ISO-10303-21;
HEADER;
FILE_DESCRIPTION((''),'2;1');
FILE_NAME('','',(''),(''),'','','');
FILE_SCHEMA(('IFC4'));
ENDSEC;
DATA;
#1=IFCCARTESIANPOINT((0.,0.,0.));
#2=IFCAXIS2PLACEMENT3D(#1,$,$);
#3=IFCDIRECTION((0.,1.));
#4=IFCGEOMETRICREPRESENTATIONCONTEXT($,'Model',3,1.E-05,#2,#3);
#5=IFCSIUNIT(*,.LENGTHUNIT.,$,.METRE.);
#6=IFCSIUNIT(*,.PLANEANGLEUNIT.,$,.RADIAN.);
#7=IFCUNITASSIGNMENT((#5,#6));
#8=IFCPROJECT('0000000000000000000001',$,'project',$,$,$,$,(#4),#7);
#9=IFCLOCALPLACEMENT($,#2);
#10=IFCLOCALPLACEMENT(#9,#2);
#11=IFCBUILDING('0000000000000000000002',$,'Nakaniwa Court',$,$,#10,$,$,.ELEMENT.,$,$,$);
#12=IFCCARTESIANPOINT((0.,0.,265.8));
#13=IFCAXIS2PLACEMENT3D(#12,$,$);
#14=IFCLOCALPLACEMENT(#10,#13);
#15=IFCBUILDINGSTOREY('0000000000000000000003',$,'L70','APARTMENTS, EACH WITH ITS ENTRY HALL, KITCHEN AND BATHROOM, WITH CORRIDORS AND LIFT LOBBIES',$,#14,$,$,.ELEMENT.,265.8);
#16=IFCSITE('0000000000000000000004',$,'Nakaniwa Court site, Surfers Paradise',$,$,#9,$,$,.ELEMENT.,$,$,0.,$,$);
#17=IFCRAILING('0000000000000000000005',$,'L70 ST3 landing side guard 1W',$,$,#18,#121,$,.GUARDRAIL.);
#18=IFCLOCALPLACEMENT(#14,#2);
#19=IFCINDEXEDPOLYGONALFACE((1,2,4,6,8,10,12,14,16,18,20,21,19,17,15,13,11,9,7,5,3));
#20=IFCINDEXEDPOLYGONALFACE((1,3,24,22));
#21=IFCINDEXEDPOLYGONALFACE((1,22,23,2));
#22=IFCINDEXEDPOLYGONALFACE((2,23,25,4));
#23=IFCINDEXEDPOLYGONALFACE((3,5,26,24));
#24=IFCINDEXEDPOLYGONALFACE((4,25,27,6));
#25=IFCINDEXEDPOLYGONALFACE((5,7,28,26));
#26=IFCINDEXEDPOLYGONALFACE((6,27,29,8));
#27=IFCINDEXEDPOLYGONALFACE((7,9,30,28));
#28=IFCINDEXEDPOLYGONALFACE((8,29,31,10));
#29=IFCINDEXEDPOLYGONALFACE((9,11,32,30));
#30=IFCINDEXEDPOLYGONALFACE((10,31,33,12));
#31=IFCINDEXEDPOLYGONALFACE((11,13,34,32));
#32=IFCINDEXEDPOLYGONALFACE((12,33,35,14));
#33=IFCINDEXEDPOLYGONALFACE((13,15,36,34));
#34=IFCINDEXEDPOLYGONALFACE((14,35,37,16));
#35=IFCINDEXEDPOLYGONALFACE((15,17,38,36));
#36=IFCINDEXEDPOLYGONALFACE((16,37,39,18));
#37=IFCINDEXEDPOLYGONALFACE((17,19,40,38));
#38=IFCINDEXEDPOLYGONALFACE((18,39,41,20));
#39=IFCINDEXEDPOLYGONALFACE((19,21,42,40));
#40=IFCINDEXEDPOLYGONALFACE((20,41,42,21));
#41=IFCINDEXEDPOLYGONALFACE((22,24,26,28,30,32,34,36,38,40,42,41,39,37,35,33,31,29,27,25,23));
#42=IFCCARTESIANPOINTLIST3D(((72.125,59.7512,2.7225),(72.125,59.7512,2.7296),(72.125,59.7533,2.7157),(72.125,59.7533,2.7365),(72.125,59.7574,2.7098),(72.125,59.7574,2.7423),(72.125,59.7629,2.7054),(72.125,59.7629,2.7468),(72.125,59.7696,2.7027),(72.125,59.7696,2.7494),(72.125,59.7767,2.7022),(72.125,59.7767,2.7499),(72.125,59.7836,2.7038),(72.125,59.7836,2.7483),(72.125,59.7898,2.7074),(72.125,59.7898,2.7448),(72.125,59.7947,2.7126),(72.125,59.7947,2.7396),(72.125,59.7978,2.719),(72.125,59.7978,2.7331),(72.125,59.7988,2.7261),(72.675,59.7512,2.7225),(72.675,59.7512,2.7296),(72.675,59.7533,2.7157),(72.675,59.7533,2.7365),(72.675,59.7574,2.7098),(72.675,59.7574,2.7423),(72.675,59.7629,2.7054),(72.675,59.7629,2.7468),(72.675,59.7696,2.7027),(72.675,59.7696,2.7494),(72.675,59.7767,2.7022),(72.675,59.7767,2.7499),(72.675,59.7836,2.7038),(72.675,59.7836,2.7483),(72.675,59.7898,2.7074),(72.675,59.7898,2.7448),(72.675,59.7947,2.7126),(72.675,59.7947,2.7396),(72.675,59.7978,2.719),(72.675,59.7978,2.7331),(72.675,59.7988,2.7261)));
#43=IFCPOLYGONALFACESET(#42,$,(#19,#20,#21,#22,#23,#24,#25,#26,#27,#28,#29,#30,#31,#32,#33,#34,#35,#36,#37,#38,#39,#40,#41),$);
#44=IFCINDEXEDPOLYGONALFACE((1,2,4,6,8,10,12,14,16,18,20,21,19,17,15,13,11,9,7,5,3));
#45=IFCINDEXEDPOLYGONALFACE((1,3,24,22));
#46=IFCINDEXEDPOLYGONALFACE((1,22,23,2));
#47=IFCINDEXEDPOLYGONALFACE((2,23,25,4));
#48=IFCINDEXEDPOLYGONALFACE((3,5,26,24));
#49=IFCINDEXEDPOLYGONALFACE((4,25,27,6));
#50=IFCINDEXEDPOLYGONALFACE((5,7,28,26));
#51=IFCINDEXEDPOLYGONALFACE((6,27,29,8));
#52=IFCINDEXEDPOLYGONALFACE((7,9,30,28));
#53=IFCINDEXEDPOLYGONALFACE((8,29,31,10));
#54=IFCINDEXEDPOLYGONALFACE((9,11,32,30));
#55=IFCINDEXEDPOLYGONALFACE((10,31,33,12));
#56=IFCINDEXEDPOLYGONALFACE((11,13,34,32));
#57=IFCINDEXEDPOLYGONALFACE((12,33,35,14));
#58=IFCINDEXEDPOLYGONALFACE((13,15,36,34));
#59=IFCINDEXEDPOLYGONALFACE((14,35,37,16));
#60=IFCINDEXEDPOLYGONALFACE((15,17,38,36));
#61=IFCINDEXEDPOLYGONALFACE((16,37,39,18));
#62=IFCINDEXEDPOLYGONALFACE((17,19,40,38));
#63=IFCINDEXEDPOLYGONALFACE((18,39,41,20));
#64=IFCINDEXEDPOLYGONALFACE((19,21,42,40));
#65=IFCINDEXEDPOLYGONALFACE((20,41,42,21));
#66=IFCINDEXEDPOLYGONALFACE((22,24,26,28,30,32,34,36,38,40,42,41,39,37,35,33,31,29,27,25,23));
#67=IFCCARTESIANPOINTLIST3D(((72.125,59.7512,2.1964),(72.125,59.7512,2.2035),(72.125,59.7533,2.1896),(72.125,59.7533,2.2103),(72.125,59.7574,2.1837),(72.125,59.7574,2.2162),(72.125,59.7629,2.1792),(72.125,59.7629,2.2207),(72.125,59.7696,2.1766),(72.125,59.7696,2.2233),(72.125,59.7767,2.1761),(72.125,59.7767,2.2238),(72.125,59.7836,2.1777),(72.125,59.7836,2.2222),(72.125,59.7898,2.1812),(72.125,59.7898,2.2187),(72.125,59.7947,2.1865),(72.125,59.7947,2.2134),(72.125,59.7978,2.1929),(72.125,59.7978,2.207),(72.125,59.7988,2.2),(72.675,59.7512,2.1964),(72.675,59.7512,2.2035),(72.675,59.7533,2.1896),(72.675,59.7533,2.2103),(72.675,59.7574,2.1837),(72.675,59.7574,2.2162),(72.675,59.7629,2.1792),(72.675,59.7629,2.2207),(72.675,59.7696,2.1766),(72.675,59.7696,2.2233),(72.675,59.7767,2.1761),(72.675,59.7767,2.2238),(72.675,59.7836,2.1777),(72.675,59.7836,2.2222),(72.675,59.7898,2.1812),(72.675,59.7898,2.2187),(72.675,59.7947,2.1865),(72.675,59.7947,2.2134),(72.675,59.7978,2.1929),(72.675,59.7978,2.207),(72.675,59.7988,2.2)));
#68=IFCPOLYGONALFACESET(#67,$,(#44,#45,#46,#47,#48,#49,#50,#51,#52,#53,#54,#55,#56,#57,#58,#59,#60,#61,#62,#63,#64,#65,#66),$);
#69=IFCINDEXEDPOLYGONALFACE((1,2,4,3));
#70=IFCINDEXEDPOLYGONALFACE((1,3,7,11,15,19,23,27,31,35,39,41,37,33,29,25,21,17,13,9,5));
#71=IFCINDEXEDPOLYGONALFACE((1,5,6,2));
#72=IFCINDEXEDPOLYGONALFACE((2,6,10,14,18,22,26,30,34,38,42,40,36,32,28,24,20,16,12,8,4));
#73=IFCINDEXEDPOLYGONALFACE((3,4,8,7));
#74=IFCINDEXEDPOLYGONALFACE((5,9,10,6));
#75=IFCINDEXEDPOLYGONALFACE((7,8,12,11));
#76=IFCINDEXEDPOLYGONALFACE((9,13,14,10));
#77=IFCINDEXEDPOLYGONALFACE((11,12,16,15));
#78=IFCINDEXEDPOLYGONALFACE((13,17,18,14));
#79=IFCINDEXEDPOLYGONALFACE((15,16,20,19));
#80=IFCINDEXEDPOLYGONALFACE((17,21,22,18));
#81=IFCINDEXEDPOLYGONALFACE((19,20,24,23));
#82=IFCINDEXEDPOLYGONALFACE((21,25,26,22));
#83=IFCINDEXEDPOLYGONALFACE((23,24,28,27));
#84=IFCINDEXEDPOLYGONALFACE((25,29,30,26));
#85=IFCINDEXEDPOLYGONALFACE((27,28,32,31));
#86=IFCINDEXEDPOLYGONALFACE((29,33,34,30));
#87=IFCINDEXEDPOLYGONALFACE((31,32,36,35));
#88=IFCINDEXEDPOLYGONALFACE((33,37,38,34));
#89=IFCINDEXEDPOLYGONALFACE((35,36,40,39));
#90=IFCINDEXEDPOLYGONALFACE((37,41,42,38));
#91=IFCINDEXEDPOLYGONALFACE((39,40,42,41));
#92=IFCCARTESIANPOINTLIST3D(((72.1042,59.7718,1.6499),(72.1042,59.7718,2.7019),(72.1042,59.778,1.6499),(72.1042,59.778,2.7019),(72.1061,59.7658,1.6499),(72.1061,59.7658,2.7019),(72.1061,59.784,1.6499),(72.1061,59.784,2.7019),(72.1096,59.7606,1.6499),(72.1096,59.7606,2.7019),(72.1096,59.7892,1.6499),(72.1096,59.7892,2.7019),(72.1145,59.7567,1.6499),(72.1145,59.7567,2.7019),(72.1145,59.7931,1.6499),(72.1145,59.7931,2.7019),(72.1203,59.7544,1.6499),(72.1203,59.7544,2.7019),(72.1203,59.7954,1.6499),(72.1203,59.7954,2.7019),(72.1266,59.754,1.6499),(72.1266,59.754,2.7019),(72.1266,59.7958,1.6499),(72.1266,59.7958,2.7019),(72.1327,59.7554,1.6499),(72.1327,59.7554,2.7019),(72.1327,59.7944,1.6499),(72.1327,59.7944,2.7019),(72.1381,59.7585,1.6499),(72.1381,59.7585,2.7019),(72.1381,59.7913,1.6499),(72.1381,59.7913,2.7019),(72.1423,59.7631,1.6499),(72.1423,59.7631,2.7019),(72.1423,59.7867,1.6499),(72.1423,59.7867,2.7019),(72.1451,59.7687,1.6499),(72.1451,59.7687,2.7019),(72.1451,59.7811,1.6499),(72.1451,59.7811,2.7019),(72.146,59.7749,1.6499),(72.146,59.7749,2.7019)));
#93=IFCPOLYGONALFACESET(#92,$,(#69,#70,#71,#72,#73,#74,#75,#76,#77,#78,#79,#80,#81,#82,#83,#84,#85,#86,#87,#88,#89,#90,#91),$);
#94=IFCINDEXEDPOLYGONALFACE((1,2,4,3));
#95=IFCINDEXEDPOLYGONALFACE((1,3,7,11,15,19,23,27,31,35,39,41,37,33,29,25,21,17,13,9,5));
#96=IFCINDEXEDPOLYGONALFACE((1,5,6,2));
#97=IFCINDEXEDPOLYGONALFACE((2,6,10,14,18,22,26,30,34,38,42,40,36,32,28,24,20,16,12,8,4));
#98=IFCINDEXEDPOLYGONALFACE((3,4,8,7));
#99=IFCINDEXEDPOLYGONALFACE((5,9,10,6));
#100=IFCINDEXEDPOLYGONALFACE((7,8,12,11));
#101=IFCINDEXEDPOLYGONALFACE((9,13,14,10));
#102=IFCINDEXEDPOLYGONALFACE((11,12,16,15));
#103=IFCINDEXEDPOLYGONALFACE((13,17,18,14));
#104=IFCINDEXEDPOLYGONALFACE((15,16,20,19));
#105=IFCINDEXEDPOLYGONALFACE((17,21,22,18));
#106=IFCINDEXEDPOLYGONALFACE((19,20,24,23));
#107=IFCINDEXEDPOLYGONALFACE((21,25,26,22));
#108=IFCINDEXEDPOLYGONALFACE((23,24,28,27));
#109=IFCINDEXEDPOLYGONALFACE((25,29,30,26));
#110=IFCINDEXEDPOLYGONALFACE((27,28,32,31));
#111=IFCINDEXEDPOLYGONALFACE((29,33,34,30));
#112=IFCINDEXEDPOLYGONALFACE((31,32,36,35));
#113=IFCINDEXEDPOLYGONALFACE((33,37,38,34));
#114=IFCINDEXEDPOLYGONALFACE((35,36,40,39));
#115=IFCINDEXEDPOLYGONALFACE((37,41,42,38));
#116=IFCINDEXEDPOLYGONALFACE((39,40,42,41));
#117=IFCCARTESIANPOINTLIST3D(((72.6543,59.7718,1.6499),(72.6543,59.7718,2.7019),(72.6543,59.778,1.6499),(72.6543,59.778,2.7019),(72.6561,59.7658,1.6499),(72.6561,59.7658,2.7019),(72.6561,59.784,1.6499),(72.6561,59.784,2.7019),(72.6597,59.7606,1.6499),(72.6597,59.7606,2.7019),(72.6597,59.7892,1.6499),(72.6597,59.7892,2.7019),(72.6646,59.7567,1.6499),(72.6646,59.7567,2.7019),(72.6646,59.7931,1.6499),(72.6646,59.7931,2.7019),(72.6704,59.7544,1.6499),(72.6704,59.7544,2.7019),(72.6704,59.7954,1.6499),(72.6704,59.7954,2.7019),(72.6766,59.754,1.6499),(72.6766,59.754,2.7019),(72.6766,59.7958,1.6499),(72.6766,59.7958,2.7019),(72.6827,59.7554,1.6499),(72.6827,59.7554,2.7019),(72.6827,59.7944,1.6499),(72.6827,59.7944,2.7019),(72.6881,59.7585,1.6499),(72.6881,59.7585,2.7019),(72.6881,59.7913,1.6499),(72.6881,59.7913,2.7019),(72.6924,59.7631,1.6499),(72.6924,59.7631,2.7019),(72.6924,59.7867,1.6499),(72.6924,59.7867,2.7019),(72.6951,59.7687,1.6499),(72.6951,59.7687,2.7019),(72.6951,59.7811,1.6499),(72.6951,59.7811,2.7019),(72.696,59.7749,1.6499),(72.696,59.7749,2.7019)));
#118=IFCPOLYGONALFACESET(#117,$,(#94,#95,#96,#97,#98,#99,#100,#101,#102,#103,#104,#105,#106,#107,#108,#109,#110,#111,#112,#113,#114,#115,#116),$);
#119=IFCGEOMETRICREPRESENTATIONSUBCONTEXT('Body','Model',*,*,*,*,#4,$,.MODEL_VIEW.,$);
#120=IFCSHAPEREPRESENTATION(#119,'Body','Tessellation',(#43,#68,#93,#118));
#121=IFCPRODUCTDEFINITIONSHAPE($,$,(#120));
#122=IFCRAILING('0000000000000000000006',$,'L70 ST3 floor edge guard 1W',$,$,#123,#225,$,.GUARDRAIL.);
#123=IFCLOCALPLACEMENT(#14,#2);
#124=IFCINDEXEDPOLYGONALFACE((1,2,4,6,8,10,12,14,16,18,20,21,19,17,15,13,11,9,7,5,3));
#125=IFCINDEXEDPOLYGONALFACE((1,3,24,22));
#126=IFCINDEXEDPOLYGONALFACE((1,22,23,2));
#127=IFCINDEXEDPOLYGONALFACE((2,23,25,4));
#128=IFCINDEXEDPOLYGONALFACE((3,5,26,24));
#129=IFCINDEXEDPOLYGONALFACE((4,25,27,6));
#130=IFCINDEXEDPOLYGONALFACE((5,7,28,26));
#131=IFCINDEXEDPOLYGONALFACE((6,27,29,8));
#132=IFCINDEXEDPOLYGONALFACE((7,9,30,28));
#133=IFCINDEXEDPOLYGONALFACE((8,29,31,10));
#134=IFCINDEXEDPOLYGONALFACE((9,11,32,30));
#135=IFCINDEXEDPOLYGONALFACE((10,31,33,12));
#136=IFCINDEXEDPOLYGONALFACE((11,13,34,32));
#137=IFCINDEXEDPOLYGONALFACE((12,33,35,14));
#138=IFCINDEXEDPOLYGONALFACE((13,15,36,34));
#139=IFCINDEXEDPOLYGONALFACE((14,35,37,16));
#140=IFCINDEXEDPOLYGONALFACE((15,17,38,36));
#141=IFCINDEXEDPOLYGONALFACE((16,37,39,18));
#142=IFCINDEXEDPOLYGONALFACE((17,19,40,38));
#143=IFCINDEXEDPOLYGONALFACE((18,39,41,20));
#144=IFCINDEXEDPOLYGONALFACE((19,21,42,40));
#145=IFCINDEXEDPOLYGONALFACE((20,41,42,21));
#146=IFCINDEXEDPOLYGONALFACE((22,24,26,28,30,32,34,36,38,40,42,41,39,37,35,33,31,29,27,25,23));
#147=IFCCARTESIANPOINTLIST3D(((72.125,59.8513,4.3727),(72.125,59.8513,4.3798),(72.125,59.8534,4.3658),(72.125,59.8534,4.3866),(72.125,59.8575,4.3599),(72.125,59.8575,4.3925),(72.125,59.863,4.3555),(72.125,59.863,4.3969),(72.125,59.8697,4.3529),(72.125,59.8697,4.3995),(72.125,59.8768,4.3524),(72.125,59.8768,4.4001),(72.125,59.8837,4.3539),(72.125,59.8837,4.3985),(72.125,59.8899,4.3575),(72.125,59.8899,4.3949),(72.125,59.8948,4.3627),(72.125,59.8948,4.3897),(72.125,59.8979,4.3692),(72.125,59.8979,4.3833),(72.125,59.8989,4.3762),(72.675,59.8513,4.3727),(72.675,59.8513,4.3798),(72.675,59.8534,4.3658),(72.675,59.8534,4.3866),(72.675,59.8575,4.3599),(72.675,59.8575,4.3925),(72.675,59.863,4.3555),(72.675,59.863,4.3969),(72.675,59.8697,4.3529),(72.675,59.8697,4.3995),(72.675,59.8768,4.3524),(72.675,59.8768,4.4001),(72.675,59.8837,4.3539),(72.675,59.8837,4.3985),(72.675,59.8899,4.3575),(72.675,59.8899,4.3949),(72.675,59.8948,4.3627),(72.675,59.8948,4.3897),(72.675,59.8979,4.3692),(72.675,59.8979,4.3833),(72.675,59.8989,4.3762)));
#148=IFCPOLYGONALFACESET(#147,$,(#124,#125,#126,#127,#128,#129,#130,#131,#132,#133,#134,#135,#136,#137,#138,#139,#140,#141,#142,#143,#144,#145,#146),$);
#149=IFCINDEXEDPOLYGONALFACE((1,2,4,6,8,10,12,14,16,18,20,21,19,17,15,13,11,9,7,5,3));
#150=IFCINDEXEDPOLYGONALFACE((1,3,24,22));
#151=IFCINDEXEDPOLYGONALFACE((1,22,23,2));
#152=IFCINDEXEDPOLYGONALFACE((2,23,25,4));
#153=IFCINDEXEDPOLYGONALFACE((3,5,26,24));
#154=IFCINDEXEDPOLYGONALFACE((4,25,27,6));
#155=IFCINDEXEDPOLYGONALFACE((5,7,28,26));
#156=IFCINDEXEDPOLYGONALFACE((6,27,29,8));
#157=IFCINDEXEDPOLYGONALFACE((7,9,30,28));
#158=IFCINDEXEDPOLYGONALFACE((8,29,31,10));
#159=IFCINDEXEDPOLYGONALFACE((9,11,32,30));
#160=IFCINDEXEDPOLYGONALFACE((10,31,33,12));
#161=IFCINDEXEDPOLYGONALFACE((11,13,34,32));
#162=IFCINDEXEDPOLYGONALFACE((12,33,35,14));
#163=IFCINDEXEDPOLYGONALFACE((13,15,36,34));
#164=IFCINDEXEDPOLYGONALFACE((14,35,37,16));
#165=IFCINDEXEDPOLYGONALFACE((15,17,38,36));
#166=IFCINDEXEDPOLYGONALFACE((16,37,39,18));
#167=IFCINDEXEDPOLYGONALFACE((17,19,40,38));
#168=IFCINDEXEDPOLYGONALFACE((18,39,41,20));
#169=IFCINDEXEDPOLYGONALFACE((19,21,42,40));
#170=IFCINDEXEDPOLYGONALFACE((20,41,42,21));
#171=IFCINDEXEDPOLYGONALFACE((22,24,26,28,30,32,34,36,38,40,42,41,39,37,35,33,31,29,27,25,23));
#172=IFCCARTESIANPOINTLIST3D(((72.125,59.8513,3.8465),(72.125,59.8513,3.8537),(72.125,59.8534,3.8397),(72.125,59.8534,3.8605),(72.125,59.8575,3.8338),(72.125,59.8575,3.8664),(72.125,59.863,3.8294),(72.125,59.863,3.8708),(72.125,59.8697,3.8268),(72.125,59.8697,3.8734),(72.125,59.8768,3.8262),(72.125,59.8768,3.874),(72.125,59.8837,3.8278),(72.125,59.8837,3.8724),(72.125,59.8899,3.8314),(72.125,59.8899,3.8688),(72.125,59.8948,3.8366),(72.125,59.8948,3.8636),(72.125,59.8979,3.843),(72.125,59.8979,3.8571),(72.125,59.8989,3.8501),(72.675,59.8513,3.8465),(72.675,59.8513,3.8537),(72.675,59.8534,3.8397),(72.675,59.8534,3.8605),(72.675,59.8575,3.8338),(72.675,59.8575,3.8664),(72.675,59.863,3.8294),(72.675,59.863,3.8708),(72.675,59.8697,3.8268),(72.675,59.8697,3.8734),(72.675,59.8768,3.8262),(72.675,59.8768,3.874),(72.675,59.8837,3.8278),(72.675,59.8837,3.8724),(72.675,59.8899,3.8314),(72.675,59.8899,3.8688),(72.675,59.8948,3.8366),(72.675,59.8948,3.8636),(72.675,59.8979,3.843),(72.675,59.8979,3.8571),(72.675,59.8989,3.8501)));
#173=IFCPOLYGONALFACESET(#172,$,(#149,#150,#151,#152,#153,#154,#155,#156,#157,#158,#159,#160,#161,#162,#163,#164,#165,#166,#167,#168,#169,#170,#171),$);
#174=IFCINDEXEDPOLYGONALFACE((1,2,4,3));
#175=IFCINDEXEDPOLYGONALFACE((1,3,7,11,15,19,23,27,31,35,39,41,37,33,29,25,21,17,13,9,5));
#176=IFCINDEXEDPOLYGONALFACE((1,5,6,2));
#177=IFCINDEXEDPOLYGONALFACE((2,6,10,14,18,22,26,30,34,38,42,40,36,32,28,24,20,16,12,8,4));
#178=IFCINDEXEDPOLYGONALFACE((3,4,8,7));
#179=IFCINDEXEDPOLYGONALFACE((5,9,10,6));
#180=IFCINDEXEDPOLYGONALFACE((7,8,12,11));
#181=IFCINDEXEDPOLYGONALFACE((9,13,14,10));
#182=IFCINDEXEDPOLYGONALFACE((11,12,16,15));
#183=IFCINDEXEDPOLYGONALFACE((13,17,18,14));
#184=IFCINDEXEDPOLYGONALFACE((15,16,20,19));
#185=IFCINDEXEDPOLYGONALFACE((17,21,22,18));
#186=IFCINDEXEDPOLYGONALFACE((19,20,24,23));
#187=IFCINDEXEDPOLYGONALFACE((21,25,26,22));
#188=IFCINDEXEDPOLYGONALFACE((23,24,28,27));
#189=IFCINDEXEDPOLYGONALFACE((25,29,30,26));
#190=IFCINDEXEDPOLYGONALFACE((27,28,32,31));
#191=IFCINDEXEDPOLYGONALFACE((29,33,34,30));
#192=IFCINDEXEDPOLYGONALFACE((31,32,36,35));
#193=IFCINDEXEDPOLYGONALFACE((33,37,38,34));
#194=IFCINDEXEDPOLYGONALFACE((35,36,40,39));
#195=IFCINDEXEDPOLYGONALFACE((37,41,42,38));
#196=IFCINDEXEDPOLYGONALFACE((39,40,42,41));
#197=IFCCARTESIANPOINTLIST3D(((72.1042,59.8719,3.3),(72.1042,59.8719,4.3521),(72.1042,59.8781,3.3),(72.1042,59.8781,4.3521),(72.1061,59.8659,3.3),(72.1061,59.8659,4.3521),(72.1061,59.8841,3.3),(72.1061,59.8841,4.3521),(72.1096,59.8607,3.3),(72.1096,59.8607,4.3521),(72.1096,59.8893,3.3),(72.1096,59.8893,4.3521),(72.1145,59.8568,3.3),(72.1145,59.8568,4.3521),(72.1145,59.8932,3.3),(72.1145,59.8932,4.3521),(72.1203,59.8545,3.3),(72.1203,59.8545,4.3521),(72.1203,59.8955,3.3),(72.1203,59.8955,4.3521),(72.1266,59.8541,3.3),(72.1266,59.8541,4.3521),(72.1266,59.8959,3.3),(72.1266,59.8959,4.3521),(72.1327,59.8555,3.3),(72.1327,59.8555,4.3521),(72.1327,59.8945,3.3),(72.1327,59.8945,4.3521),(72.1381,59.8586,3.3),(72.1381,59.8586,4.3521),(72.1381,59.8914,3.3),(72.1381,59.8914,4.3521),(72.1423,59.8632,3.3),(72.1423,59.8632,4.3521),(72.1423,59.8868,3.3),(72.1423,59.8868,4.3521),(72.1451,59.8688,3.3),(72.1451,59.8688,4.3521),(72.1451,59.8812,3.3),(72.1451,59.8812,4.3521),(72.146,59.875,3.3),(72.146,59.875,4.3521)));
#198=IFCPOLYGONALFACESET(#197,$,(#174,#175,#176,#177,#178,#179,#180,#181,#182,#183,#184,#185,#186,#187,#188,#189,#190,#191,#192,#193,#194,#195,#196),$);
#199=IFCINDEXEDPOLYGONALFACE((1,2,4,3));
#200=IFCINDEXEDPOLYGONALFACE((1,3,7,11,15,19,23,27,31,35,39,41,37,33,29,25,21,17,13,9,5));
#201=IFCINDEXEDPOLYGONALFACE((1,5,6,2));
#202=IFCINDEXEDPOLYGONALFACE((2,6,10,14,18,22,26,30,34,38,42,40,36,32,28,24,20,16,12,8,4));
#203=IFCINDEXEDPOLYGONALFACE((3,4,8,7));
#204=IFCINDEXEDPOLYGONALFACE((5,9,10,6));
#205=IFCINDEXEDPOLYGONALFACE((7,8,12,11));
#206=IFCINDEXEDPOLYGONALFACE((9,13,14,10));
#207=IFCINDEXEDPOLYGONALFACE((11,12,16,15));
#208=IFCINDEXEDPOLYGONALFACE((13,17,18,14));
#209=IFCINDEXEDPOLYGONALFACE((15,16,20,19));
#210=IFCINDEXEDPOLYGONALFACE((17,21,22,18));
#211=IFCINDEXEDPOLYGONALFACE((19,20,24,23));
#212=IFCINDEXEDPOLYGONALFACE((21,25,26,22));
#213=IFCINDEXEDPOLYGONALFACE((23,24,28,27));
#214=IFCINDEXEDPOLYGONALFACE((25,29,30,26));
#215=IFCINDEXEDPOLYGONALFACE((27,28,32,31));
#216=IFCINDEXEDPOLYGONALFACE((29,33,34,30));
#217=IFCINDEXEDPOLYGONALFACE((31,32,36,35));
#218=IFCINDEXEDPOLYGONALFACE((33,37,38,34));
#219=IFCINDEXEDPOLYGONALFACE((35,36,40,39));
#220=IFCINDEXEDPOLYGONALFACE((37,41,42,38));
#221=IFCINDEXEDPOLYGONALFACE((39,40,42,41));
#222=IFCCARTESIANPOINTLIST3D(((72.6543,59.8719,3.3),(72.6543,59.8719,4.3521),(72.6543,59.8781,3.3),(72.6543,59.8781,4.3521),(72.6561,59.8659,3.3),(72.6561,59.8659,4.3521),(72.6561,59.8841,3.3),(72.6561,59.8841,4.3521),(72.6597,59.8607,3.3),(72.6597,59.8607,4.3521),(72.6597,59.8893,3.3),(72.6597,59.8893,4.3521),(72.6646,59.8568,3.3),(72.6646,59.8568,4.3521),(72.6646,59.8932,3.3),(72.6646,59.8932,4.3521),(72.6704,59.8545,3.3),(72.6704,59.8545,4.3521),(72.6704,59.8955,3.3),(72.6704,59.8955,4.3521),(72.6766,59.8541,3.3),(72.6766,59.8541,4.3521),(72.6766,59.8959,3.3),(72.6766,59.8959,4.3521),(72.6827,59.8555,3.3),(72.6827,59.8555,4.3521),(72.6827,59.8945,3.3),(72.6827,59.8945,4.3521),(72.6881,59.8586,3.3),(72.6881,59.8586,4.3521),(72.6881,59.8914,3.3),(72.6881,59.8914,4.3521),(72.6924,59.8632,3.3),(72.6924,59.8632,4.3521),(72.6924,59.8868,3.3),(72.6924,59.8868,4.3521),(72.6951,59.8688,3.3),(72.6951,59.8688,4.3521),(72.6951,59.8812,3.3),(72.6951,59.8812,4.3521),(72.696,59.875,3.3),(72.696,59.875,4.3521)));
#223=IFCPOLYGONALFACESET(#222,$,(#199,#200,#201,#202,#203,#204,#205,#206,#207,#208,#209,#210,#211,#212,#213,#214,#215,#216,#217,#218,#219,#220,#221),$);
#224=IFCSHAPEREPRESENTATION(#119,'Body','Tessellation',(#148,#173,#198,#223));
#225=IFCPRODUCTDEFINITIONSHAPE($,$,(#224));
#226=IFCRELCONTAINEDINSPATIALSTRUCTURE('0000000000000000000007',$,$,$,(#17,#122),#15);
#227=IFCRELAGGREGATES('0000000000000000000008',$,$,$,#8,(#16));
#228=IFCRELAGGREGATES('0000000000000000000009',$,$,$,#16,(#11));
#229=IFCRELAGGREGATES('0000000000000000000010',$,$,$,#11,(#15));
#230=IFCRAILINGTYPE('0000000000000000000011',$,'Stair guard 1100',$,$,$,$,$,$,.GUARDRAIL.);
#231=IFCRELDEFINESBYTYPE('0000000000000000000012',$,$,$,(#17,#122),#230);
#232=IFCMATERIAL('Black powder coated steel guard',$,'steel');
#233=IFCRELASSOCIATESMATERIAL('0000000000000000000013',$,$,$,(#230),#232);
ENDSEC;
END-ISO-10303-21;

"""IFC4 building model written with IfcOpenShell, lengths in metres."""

from ifc_helpers import new_model, si_unit, direction, frame, origin, origin_2d, place, context, subcontext, project, spatial, circle, extrude, material, type_object, element, save


model = new_model("IFC4")

# Units and contexts
model_context = context("Model", 3, precision=1e-05, world=origin(), true_north=direction((0.0, 1.0)))
body_context = subcontext(model_context, "Body", "Model", "MODEL_VIEW")
ifc_project = project(units=[si_unit("LENGTHUNIT", "METRE"), si_unit("PLANEANGLEUNIT", "RADIAN")], contexts=[model_context])

# Site, building, storey
site_placement = place(None, origin())
site = spatial("IfcSite", under=ifc_project, at=site_placement, Name="Nakaniwa Court site, Surfers Paradise", CompositionType="ELEMENT", RefElevation=0.0)
building_placement = place(site_placement, origin())
building = spatial("IfcBuilding", under=site, at=building_placement, Name="Nakaniwa Court", CompositionType="ELEMENT")
storey_placement = place(building_placement, frame((0.0, 0.0, 265.8)))
storey = spatial("IfcBuildingStorey", under=building, at=storey_placement, Name="L70", Description="APARTMENTS, EACH WITH ITS ENTRY HALL, KITCHEN AND BATHROOM, WITH CORRIDORS AND LIFT LOBBIES", CompositionType="ELEMENT", Elevation=265.8)

# Railings
ifc_material_1 = material(Name="Black powder coated steel guard", Category="steel")
railing_type_1 = type_object("IfcRailingType", Name="Stair guard 1100", PredefinedType="GUARDRAIL", material=ifc_material_1)
for number, where, name in (
    (1, (72.125, 59.7749, 1.6499), "L70 ST3 landing side guard 1W"),
    (2, (72.125, 59.875, 3.3), "L70 ST3 floor edge guard 1W"),
):
    element("IfcRailing", number, at=place(storey_placement, frame(where)), inside=storey, type_object=railing_type_1, Name=name, PredefinedType="GUARDRAIL", context=body_context, shape_type="SweptSolid", body=[
        extrude(circle(Radius=0.0239, at=origin_2d()), frame((0.0, 0.0, 1.0762), z_axis=(1.0, 0.0, 0.0), x_axis=(0.0, 1.0, 0.0)), (0.0, 0.0, 1.0), 0.55),
        extrude(circle(Radius=0.0239, at=origin_2d()), frame((0.0, 0.0, 0.55), z_axis=(1.0, 0.0, 0.0), x_axis=(0.0, 1.0, 0.0)), (0.0, 0.0, 1.0), 0.55),
        extrude(circle(Radius=0.021, at=origin_2d()), origin(), (0.0, 0.0, 1.0), 1.052),
        extrude(circle(Radius=0.021, at=origin_2d()), frame((0.55, 0.0, 0.0)), (0.0, 0.0, 1.0), 1.052),
    ])

save(model, "model.ifc")
